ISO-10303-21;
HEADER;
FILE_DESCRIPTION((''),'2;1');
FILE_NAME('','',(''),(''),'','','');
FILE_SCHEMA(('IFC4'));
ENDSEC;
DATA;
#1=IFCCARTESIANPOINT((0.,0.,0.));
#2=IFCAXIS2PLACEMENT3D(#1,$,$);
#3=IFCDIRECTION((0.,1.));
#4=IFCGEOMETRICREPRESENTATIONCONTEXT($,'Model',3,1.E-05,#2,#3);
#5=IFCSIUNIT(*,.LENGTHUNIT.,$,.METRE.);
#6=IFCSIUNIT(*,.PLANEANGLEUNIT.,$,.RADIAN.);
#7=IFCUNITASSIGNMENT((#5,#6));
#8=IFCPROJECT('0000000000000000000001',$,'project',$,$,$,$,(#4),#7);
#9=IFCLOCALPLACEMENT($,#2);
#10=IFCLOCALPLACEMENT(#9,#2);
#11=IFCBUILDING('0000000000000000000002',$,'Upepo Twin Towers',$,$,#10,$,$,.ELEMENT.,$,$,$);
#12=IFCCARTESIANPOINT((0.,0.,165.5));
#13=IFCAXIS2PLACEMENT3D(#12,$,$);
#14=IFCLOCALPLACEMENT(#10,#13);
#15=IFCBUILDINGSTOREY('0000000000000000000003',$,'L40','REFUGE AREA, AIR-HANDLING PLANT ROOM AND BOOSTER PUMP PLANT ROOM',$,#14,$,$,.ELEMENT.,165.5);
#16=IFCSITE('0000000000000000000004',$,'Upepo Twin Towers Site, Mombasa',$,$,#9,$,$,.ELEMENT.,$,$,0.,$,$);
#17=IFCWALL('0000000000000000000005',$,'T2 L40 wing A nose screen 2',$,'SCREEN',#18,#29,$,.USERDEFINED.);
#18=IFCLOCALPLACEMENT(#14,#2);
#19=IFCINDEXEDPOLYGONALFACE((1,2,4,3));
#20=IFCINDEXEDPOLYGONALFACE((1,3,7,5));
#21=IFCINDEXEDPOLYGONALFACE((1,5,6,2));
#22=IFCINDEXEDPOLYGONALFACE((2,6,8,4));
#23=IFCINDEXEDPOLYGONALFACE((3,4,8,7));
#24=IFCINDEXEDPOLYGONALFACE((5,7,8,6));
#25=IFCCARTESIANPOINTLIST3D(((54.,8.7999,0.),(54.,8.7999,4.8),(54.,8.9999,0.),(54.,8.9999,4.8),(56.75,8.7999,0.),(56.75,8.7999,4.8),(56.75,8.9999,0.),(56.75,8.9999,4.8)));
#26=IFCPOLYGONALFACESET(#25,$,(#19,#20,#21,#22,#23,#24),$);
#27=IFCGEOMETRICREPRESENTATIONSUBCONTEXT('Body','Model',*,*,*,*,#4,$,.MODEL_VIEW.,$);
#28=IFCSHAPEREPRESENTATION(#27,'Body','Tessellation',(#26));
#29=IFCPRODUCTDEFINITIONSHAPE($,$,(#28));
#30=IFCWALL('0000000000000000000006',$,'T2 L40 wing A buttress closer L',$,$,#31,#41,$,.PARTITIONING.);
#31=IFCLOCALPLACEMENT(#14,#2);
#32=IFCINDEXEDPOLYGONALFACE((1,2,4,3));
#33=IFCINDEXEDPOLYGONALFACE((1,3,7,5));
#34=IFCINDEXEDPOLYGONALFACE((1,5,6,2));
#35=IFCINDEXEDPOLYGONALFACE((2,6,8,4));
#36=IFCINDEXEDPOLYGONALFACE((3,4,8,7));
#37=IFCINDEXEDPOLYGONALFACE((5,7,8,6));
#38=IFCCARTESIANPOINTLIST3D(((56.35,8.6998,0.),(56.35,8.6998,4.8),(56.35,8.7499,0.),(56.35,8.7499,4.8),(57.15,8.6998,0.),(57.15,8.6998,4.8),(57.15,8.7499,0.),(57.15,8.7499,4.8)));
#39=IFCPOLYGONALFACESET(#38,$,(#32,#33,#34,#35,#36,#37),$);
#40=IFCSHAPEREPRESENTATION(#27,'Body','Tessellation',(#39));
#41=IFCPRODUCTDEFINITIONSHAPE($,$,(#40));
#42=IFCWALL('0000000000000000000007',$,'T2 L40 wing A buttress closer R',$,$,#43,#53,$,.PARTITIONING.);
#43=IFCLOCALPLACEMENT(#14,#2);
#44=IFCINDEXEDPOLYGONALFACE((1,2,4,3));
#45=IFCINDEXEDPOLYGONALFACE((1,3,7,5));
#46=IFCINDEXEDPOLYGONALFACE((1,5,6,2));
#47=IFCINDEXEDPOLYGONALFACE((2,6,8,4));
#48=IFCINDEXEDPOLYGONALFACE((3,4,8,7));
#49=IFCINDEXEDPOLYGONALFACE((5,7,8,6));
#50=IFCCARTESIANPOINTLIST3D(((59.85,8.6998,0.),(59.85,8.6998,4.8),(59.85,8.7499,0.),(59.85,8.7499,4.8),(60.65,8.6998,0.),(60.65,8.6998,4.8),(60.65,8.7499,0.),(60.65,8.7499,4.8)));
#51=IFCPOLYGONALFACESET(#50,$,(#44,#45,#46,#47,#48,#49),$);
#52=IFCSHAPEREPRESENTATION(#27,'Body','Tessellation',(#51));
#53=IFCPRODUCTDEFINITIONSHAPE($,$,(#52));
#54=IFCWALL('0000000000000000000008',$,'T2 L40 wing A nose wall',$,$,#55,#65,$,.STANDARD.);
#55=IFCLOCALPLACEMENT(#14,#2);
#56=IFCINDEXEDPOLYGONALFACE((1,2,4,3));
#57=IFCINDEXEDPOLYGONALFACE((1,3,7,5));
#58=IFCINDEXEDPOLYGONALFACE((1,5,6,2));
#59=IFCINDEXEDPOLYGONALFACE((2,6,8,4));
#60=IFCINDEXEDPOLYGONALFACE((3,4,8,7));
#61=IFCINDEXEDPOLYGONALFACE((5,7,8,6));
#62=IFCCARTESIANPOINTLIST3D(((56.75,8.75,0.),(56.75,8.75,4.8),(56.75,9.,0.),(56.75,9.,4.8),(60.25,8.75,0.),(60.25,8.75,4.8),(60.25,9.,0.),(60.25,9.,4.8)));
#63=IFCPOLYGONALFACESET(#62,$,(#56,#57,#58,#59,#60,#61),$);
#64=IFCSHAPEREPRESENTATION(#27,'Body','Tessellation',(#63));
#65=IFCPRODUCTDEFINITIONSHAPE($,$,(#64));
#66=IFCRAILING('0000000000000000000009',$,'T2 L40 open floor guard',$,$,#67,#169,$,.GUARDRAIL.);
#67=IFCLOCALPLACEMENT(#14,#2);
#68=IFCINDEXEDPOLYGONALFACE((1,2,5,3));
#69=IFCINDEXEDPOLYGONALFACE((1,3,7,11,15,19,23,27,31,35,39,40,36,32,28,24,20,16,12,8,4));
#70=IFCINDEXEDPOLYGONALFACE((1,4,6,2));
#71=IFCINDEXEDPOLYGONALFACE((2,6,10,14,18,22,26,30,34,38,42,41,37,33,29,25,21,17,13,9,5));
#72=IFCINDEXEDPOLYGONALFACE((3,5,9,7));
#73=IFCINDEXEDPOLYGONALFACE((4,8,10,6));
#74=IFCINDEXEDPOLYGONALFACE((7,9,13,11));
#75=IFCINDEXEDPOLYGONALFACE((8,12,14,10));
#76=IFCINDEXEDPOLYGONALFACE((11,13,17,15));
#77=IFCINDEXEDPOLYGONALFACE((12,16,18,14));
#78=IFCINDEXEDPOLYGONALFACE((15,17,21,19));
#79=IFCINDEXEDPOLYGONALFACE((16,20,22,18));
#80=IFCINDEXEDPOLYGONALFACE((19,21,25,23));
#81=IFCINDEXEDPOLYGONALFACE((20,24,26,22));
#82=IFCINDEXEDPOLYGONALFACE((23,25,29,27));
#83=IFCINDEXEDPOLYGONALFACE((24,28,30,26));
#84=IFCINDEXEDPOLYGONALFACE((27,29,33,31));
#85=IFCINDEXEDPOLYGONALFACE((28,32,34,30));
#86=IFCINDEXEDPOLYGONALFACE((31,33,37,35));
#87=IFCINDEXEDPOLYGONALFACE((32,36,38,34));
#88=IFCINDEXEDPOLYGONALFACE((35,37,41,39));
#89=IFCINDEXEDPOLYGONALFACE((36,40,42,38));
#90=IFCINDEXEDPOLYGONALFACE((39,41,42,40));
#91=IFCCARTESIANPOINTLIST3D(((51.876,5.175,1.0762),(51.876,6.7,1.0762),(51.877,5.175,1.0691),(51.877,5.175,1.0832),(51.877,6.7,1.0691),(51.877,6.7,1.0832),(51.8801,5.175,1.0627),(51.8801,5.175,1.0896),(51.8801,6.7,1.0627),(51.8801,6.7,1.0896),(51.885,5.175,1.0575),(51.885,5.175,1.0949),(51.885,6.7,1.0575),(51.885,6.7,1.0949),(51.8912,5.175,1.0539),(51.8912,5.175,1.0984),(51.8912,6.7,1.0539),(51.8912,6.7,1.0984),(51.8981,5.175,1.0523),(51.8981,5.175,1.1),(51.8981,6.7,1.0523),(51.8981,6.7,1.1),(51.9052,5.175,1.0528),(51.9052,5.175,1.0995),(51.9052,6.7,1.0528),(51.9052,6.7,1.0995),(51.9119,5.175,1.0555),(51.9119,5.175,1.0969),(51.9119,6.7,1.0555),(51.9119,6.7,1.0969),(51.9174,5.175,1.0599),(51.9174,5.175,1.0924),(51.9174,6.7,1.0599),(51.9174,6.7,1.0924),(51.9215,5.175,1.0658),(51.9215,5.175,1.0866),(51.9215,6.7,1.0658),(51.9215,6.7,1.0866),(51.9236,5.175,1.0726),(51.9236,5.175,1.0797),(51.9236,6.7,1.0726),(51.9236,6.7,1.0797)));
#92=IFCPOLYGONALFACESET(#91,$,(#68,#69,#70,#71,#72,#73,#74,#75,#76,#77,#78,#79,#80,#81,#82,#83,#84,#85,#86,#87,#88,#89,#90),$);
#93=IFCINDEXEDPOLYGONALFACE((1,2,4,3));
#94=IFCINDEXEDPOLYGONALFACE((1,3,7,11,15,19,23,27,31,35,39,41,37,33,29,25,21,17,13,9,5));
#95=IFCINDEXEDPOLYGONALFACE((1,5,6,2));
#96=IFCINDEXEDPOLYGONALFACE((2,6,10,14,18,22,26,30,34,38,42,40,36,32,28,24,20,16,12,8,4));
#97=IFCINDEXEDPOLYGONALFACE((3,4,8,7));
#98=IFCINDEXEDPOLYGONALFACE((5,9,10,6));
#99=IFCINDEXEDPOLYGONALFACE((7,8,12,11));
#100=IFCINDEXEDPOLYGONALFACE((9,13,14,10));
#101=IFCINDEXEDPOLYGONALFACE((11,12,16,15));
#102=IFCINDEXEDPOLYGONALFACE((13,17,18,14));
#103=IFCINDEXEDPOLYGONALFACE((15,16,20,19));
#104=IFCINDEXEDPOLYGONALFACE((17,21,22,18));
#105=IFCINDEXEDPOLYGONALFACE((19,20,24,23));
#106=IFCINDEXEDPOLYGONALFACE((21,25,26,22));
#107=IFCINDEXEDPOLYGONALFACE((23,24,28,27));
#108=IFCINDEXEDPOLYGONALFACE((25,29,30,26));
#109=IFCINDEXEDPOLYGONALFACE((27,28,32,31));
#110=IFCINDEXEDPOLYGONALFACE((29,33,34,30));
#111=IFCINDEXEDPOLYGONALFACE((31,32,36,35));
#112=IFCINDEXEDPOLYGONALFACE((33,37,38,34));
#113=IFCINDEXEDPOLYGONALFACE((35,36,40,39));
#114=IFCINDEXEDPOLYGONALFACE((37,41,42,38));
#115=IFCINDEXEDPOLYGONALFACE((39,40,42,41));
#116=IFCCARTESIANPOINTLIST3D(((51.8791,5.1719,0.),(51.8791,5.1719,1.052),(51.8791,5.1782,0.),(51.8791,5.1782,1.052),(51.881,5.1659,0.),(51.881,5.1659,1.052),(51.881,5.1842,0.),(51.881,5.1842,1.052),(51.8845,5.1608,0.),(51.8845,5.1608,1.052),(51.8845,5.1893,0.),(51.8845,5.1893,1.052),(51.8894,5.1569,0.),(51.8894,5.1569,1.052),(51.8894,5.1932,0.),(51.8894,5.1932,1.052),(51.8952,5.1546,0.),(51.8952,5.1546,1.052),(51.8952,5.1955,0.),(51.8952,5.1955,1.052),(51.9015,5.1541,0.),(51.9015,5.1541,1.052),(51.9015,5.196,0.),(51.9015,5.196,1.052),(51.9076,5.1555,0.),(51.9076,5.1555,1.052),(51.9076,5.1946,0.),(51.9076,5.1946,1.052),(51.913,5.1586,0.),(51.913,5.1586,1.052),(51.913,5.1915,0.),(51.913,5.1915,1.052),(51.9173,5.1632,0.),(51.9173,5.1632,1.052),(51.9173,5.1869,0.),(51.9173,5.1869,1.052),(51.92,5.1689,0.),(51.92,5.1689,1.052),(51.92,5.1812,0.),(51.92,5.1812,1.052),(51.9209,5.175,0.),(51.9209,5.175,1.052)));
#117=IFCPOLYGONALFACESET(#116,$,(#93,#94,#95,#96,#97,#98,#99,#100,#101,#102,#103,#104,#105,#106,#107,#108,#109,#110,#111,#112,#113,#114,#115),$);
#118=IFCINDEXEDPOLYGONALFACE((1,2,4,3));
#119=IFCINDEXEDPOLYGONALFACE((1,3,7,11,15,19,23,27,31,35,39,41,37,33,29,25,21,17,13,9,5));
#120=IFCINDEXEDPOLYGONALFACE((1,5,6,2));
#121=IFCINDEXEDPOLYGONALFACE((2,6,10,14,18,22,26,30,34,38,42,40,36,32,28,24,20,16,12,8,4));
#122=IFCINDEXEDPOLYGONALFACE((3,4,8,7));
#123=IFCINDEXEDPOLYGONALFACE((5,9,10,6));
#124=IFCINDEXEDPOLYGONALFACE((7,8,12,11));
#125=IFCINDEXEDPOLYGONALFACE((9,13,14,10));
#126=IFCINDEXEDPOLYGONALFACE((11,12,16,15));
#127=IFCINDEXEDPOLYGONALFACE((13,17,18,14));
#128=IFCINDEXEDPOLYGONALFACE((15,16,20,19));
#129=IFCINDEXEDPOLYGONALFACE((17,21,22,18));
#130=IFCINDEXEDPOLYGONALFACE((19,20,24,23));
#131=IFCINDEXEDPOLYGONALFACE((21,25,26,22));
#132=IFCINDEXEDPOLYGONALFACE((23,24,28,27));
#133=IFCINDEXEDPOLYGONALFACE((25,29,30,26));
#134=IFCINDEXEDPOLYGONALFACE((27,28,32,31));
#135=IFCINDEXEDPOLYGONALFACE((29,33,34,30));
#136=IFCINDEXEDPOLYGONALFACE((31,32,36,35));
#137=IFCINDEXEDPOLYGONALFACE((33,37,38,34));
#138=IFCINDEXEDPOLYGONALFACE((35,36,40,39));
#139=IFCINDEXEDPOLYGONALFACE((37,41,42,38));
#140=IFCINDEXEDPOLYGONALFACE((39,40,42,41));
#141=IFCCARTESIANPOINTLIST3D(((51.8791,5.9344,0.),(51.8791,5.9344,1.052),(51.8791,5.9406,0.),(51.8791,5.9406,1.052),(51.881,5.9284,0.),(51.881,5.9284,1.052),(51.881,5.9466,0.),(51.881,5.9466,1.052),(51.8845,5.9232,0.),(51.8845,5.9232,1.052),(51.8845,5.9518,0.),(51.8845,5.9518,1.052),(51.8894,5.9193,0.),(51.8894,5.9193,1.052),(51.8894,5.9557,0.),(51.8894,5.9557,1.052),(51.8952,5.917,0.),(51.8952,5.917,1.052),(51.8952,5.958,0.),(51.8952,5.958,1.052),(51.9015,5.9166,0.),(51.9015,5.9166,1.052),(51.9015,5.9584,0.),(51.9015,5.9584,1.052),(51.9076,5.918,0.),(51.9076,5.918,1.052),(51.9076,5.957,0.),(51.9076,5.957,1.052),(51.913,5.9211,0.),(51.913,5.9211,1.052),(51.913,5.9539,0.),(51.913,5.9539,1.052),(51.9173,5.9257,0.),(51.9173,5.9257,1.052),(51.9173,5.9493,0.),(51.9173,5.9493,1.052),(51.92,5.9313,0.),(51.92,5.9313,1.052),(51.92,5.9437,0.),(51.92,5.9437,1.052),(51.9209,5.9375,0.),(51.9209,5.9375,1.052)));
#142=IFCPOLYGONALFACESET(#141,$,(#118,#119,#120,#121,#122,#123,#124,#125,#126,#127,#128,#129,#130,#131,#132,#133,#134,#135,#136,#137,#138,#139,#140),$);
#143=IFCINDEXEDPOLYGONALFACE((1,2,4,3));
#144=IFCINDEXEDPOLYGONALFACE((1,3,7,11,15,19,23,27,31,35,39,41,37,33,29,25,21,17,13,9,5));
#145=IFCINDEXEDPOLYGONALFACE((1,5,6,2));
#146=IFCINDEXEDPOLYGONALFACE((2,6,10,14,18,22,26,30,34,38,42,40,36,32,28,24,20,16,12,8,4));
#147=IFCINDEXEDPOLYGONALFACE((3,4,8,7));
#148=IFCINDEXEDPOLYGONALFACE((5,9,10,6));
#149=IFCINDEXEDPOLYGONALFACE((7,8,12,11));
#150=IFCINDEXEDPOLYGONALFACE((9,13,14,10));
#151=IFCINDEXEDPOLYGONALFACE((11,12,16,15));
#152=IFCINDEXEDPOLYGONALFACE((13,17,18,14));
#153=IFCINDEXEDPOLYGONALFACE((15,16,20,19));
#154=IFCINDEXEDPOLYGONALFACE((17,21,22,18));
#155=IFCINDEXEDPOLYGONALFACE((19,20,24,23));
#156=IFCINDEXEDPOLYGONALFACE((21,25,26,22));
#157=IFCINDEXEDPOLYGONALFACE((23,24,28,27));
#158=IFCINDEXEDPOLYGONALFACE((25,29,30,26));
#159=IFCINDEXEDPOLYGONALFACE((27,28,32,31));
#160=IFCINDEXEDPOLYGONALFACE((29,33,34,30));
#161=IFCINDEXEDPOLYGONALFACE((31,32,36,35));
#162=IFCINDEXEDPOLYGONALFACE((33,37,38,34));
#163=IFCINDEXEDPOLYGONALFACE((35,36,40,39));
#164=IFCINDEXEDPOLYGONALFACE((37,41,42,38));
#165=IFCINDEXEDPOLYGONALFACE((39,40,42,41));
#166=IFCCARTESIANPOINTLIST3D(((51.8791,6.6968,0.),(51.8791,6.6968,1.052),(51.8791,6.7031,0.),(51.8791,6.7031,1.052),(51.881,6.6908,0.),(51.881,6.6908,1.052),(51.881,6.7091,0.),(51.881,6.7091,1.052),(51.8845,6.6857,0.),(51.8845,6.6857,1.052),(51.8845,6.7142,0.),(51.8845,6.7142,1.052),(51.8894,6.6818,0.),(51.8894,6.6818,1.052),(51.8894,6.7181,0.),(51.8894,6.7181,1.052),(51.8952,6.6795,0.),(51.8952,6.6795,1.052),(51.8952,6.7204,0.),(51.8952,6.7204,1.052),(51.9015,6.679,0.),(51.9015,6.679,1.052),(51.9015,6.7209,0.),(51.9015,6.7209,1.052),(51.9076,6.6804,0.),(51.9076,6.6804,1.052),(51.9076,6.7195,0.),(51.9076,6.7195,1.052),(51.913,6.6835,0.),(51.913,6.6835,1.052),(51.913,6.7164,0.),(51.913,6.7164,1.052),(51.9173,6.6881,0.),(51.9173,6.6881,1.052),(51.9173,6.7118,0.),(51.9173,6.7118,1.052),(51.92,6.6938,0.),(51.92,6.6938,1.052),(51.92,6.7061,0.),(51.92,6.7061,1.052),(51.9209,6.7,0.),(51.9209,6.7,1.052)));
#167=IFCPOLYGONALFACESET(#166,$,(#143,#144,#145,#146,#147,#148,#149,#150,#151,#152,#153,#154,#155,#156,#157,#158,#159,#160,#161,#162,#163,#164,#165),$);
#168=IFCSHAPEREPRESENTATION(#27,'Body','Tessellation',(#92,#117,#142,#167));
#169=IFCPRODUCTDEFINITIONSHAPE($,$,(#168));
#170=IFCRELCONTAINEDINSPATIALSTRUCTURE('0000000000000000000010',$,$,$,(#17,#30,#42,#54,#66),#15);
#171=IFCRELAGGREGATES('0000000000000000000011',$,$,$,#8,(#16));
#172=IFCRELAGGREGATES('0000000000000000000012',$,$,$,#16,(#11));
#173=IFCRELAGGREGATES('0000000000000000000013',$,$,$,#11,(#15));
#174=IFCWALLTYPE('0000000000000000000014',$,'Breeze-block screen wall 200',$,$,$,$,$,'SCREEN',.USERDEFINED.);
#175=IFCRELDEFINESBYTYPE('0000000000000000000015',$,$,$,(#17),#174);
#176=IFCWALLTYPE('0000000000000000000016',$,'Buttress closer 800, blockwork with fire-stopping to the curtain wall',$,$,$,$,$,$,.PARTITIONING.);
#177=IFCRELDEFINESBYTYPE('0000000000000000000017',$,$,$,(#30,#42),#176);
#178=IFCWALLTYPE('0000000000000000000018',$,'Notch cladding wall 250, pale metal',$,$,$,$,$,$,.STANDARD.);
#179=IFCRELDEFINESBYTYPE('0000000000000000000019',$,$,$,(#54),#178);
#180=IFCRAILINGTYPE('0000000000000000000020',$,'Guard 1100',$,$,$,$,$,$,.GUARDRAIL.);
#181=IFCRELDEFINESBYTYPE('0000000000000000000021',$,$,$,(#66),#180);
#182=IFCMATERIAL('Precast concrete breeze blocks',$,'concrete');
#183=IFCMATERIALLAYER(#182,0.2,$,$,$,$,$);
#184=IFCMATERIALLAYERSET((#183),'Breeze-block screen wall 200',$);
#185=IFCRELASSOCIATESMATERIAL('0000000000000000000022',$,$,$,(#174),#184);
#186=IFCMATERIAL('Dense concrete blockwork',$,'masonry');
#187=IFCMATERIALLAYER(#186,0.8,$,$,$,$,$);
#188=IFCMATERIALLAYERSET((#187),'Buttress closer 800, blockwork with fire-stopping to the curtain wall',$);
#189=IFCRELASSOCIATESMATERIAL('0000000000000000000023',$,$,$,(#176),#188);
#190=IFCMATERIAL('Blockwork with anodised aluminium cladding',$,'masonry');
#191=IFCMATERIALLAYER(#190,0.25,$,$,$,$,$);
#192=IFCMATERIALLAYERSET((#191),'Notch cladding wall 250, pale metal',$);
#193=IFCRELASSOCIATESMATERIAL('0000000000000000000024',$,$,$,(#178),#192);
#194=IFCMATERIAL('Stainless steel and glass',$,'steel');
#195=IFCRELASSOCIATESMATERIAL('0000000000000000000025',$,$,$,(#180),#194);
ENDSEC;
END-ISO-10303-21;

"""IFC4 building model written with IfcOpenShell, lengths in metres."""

from ifc_helpers import new_model, si_unit, direction, frame, frame_2d, origin, origin_2d, place, context, subcontext, project, spatial, rectangle, circle, extrude, material, layer, layer_set, type_object, element, save


model = new_model("IFC4")

# Units and contexts
model_context = context("Model", 3, precision=1e-05, world=origin(), true_north=direction((0.0, 1.0)))
body_context = subcontext(model_context, "Body", "Model", "MODEL_VIEW")
ifc_project = project(units=[si_unit("LENGTHUNIT", "METRE"), si_unit("PLANEANGLEUNIT", "RADIAN")], contexts=[model_context])

# Site, building, storey
site_placement = place(None, origin())
site = spatial("IfcSite", under=ifc_project, at=site_placement, Name="Upepo Twin Towers Site, Mombasa", CompositionType="ELEMENT", RefElevation=0.0)
building_placement = place(site_placement, origin())
building = spatial("IfcBuilding", under=site, at=building_placement, Name="Upepo Twin Towers", CompositionType="ELEMENT")
storey_placement = place(building_placement, frame((0.0, 0.0, 165.5)))
storey = spatial("IfcBuildingStorey", under=building, at=storey_placement, Name="L40", Description="REFUGE AREA, AIR-HANDLING PLANT ROOM AND BOOSTER PUMP PLANT ROOM", CompositionType="ELEMENT", Elevation=165.5)

# Walls
ifc_material_1 = material(Name="Precast concrete breeze blocks", Category="concrete")
ifc_layer_1 = layer(ifc_material_1, 0.2)
ifc_layer_set_1 = layer_set([ifc_layer_1], Name="Breeze-block screen wall 200")
wall_type_1 = type_object("IfcWallType", Name="Breeze-block screen wall 200", ElementType="SCREEN", PredefinedType="USERDEFINED", material=ifc_layer_set_1)
for number, where, z_axis, x_axis, name in (
    (1, (56.75, 8.8999, 0.0), (0.0, 0.0, 1.0), (-1.0, 0.0, 0.0), "T2 L40 wing A nose screen 2"),
):
    element("IfcWall", number, at=place(storey_placement, frame(where, z_axis=z_axis, x_axis=x_axis)), inside=storey, type_object=wall_type_1, Name=name, ObjectType="SCREEN", PredefinedType="USERDEFINED", context=body_context, shape_type="SweptSolid", body=[
        extrude(rectangle(XDim=2.75, YDim=0.2, at=frame_2d((1.375, 0.0))), origin(), (0.0, 0.0, 1.0), 4.8),
    ])
ifc_material_2 = material(Name="Dense concrete blockwork", Category="masonry")
ifc_layer_2 = layer(ifc_material_2, 0.8)
ifc_layer_set_2 = layer_set([ifc_layer_2], Name="Buttress closer 800, blockwork with fire-stopping to the curtain wall")
wall_type_2 = type_object("IfcWallType", Name="Buttress closer 800, blockwork with fire-stopping to the curtain wall", PredefinedType="PARTITIONING", material=ifc_layer_set_2)
for number, where, z_axis, x_axis, name in (
    (2, (56.75, 8.7, 0.0), (0.0, 0.0, 1.0), (0.0, 1.0, 0.0), "T2 L40 wing A buttress closer L"),
    (3, (60.25, 8.7, 0.0), (0.0, 0.0, 1.0), (0.0, 1.0, 0.0), "T2 L40 wing A buttress closer R"),
):
    element("IfcWall", number, at=place(storey_placement, frame(where, z_axis=z_axis, x_axis=x_axis)), inside=storey, type_object=wall_type_2, Name=name, PredefinedType="PARTITIONING", context=body_context, shape_type="SweptSolid", body=[
        extrude(rectangle(XDim=0.05, YDim=0.8, at=frame_2d((0.0249, 0.0))), origin(), (0.0, 0.0, 1.0), 4.8),
    ])
ifc_material_3 = material(Name="Blockwork with anodised aluminium cladding", Category="masonry")
ifc_layer_3 = layer(ifc_material_3, 0.25)
ifc_layer_set_3 = layer_set([ifc_layer_3], Name="Notch cladding wall 250, pale metal")
wall_type_3 = type_object("IfcWallType", Name="Notch cladding wall 250, pale metal", PredefinedType="STANDARD", material=ifc_layer_set_3)
wall_1_placement = place(storey_placement, frame((60.25, 8.875, 0.0), z_axis=(0.0, 0.0, 1.0), x_axis=(-1.0, 0.0, 0.0)))
element("IfcWall", 4, at=wall_1_placement, inside=storey, type_object=wall_type_3, Name="T2 L40 wing A nose wall", PredefinedType="STANDARD", context=body_context, shape_type="SweptSolid", body=[
    extrude(rectangle(XDim=3.5, YDim=0.25, at=frame_2d((1.75, 0.0))), origin(), (0.0, 0.0, 1.0), 4.8),
])

# Railing
ifc_material_4 = material(Name="Stainless steel and glass", Category="steel")
railing_type = type_object("IfcRailingType", Name="Guard 1100", PredefinedType="GUARDRAIL", material=ifc_material_4)
railing_1_placement = place(storey_placement, frame((51.8999, 5.175, 0.0)))
element("IfcRailing", 5, at=railing_1_placement, inside=storey, type_object=railing_type, Name="T2 L40 open floor guard", PredefinedType="GUARDRAIL", context=body_context, shape_type="SweptSolid", body=[
    extrude(circle(Radius=0.0239, at=origin_2d()), frame((0.0, 0.0, 1.0762), z_axis=(0.0, 1.0, 0.0), x_axis=(-1.0, 0.0, 0.0)), (0.0, 0.0, 1.0), 1.5249),
    extrude(circle(Radius=0.021, at=origin_2d()), origin(), (0.0, 0.0, 1.0), 1.052),
    extrude(circle(Radius=0.021, at=origin_2d()), frame((0.0, 0.7625, 0.0)), (0.0, 0.0, 1.0), 1.052),
    extrude(circle(Radius=0.021, at=origin_2d()), frame((0.0, 1.5249, 0.0)), (0.0, 0.0, 1.0), 1.052),
])

save(model, "model.ifc")
